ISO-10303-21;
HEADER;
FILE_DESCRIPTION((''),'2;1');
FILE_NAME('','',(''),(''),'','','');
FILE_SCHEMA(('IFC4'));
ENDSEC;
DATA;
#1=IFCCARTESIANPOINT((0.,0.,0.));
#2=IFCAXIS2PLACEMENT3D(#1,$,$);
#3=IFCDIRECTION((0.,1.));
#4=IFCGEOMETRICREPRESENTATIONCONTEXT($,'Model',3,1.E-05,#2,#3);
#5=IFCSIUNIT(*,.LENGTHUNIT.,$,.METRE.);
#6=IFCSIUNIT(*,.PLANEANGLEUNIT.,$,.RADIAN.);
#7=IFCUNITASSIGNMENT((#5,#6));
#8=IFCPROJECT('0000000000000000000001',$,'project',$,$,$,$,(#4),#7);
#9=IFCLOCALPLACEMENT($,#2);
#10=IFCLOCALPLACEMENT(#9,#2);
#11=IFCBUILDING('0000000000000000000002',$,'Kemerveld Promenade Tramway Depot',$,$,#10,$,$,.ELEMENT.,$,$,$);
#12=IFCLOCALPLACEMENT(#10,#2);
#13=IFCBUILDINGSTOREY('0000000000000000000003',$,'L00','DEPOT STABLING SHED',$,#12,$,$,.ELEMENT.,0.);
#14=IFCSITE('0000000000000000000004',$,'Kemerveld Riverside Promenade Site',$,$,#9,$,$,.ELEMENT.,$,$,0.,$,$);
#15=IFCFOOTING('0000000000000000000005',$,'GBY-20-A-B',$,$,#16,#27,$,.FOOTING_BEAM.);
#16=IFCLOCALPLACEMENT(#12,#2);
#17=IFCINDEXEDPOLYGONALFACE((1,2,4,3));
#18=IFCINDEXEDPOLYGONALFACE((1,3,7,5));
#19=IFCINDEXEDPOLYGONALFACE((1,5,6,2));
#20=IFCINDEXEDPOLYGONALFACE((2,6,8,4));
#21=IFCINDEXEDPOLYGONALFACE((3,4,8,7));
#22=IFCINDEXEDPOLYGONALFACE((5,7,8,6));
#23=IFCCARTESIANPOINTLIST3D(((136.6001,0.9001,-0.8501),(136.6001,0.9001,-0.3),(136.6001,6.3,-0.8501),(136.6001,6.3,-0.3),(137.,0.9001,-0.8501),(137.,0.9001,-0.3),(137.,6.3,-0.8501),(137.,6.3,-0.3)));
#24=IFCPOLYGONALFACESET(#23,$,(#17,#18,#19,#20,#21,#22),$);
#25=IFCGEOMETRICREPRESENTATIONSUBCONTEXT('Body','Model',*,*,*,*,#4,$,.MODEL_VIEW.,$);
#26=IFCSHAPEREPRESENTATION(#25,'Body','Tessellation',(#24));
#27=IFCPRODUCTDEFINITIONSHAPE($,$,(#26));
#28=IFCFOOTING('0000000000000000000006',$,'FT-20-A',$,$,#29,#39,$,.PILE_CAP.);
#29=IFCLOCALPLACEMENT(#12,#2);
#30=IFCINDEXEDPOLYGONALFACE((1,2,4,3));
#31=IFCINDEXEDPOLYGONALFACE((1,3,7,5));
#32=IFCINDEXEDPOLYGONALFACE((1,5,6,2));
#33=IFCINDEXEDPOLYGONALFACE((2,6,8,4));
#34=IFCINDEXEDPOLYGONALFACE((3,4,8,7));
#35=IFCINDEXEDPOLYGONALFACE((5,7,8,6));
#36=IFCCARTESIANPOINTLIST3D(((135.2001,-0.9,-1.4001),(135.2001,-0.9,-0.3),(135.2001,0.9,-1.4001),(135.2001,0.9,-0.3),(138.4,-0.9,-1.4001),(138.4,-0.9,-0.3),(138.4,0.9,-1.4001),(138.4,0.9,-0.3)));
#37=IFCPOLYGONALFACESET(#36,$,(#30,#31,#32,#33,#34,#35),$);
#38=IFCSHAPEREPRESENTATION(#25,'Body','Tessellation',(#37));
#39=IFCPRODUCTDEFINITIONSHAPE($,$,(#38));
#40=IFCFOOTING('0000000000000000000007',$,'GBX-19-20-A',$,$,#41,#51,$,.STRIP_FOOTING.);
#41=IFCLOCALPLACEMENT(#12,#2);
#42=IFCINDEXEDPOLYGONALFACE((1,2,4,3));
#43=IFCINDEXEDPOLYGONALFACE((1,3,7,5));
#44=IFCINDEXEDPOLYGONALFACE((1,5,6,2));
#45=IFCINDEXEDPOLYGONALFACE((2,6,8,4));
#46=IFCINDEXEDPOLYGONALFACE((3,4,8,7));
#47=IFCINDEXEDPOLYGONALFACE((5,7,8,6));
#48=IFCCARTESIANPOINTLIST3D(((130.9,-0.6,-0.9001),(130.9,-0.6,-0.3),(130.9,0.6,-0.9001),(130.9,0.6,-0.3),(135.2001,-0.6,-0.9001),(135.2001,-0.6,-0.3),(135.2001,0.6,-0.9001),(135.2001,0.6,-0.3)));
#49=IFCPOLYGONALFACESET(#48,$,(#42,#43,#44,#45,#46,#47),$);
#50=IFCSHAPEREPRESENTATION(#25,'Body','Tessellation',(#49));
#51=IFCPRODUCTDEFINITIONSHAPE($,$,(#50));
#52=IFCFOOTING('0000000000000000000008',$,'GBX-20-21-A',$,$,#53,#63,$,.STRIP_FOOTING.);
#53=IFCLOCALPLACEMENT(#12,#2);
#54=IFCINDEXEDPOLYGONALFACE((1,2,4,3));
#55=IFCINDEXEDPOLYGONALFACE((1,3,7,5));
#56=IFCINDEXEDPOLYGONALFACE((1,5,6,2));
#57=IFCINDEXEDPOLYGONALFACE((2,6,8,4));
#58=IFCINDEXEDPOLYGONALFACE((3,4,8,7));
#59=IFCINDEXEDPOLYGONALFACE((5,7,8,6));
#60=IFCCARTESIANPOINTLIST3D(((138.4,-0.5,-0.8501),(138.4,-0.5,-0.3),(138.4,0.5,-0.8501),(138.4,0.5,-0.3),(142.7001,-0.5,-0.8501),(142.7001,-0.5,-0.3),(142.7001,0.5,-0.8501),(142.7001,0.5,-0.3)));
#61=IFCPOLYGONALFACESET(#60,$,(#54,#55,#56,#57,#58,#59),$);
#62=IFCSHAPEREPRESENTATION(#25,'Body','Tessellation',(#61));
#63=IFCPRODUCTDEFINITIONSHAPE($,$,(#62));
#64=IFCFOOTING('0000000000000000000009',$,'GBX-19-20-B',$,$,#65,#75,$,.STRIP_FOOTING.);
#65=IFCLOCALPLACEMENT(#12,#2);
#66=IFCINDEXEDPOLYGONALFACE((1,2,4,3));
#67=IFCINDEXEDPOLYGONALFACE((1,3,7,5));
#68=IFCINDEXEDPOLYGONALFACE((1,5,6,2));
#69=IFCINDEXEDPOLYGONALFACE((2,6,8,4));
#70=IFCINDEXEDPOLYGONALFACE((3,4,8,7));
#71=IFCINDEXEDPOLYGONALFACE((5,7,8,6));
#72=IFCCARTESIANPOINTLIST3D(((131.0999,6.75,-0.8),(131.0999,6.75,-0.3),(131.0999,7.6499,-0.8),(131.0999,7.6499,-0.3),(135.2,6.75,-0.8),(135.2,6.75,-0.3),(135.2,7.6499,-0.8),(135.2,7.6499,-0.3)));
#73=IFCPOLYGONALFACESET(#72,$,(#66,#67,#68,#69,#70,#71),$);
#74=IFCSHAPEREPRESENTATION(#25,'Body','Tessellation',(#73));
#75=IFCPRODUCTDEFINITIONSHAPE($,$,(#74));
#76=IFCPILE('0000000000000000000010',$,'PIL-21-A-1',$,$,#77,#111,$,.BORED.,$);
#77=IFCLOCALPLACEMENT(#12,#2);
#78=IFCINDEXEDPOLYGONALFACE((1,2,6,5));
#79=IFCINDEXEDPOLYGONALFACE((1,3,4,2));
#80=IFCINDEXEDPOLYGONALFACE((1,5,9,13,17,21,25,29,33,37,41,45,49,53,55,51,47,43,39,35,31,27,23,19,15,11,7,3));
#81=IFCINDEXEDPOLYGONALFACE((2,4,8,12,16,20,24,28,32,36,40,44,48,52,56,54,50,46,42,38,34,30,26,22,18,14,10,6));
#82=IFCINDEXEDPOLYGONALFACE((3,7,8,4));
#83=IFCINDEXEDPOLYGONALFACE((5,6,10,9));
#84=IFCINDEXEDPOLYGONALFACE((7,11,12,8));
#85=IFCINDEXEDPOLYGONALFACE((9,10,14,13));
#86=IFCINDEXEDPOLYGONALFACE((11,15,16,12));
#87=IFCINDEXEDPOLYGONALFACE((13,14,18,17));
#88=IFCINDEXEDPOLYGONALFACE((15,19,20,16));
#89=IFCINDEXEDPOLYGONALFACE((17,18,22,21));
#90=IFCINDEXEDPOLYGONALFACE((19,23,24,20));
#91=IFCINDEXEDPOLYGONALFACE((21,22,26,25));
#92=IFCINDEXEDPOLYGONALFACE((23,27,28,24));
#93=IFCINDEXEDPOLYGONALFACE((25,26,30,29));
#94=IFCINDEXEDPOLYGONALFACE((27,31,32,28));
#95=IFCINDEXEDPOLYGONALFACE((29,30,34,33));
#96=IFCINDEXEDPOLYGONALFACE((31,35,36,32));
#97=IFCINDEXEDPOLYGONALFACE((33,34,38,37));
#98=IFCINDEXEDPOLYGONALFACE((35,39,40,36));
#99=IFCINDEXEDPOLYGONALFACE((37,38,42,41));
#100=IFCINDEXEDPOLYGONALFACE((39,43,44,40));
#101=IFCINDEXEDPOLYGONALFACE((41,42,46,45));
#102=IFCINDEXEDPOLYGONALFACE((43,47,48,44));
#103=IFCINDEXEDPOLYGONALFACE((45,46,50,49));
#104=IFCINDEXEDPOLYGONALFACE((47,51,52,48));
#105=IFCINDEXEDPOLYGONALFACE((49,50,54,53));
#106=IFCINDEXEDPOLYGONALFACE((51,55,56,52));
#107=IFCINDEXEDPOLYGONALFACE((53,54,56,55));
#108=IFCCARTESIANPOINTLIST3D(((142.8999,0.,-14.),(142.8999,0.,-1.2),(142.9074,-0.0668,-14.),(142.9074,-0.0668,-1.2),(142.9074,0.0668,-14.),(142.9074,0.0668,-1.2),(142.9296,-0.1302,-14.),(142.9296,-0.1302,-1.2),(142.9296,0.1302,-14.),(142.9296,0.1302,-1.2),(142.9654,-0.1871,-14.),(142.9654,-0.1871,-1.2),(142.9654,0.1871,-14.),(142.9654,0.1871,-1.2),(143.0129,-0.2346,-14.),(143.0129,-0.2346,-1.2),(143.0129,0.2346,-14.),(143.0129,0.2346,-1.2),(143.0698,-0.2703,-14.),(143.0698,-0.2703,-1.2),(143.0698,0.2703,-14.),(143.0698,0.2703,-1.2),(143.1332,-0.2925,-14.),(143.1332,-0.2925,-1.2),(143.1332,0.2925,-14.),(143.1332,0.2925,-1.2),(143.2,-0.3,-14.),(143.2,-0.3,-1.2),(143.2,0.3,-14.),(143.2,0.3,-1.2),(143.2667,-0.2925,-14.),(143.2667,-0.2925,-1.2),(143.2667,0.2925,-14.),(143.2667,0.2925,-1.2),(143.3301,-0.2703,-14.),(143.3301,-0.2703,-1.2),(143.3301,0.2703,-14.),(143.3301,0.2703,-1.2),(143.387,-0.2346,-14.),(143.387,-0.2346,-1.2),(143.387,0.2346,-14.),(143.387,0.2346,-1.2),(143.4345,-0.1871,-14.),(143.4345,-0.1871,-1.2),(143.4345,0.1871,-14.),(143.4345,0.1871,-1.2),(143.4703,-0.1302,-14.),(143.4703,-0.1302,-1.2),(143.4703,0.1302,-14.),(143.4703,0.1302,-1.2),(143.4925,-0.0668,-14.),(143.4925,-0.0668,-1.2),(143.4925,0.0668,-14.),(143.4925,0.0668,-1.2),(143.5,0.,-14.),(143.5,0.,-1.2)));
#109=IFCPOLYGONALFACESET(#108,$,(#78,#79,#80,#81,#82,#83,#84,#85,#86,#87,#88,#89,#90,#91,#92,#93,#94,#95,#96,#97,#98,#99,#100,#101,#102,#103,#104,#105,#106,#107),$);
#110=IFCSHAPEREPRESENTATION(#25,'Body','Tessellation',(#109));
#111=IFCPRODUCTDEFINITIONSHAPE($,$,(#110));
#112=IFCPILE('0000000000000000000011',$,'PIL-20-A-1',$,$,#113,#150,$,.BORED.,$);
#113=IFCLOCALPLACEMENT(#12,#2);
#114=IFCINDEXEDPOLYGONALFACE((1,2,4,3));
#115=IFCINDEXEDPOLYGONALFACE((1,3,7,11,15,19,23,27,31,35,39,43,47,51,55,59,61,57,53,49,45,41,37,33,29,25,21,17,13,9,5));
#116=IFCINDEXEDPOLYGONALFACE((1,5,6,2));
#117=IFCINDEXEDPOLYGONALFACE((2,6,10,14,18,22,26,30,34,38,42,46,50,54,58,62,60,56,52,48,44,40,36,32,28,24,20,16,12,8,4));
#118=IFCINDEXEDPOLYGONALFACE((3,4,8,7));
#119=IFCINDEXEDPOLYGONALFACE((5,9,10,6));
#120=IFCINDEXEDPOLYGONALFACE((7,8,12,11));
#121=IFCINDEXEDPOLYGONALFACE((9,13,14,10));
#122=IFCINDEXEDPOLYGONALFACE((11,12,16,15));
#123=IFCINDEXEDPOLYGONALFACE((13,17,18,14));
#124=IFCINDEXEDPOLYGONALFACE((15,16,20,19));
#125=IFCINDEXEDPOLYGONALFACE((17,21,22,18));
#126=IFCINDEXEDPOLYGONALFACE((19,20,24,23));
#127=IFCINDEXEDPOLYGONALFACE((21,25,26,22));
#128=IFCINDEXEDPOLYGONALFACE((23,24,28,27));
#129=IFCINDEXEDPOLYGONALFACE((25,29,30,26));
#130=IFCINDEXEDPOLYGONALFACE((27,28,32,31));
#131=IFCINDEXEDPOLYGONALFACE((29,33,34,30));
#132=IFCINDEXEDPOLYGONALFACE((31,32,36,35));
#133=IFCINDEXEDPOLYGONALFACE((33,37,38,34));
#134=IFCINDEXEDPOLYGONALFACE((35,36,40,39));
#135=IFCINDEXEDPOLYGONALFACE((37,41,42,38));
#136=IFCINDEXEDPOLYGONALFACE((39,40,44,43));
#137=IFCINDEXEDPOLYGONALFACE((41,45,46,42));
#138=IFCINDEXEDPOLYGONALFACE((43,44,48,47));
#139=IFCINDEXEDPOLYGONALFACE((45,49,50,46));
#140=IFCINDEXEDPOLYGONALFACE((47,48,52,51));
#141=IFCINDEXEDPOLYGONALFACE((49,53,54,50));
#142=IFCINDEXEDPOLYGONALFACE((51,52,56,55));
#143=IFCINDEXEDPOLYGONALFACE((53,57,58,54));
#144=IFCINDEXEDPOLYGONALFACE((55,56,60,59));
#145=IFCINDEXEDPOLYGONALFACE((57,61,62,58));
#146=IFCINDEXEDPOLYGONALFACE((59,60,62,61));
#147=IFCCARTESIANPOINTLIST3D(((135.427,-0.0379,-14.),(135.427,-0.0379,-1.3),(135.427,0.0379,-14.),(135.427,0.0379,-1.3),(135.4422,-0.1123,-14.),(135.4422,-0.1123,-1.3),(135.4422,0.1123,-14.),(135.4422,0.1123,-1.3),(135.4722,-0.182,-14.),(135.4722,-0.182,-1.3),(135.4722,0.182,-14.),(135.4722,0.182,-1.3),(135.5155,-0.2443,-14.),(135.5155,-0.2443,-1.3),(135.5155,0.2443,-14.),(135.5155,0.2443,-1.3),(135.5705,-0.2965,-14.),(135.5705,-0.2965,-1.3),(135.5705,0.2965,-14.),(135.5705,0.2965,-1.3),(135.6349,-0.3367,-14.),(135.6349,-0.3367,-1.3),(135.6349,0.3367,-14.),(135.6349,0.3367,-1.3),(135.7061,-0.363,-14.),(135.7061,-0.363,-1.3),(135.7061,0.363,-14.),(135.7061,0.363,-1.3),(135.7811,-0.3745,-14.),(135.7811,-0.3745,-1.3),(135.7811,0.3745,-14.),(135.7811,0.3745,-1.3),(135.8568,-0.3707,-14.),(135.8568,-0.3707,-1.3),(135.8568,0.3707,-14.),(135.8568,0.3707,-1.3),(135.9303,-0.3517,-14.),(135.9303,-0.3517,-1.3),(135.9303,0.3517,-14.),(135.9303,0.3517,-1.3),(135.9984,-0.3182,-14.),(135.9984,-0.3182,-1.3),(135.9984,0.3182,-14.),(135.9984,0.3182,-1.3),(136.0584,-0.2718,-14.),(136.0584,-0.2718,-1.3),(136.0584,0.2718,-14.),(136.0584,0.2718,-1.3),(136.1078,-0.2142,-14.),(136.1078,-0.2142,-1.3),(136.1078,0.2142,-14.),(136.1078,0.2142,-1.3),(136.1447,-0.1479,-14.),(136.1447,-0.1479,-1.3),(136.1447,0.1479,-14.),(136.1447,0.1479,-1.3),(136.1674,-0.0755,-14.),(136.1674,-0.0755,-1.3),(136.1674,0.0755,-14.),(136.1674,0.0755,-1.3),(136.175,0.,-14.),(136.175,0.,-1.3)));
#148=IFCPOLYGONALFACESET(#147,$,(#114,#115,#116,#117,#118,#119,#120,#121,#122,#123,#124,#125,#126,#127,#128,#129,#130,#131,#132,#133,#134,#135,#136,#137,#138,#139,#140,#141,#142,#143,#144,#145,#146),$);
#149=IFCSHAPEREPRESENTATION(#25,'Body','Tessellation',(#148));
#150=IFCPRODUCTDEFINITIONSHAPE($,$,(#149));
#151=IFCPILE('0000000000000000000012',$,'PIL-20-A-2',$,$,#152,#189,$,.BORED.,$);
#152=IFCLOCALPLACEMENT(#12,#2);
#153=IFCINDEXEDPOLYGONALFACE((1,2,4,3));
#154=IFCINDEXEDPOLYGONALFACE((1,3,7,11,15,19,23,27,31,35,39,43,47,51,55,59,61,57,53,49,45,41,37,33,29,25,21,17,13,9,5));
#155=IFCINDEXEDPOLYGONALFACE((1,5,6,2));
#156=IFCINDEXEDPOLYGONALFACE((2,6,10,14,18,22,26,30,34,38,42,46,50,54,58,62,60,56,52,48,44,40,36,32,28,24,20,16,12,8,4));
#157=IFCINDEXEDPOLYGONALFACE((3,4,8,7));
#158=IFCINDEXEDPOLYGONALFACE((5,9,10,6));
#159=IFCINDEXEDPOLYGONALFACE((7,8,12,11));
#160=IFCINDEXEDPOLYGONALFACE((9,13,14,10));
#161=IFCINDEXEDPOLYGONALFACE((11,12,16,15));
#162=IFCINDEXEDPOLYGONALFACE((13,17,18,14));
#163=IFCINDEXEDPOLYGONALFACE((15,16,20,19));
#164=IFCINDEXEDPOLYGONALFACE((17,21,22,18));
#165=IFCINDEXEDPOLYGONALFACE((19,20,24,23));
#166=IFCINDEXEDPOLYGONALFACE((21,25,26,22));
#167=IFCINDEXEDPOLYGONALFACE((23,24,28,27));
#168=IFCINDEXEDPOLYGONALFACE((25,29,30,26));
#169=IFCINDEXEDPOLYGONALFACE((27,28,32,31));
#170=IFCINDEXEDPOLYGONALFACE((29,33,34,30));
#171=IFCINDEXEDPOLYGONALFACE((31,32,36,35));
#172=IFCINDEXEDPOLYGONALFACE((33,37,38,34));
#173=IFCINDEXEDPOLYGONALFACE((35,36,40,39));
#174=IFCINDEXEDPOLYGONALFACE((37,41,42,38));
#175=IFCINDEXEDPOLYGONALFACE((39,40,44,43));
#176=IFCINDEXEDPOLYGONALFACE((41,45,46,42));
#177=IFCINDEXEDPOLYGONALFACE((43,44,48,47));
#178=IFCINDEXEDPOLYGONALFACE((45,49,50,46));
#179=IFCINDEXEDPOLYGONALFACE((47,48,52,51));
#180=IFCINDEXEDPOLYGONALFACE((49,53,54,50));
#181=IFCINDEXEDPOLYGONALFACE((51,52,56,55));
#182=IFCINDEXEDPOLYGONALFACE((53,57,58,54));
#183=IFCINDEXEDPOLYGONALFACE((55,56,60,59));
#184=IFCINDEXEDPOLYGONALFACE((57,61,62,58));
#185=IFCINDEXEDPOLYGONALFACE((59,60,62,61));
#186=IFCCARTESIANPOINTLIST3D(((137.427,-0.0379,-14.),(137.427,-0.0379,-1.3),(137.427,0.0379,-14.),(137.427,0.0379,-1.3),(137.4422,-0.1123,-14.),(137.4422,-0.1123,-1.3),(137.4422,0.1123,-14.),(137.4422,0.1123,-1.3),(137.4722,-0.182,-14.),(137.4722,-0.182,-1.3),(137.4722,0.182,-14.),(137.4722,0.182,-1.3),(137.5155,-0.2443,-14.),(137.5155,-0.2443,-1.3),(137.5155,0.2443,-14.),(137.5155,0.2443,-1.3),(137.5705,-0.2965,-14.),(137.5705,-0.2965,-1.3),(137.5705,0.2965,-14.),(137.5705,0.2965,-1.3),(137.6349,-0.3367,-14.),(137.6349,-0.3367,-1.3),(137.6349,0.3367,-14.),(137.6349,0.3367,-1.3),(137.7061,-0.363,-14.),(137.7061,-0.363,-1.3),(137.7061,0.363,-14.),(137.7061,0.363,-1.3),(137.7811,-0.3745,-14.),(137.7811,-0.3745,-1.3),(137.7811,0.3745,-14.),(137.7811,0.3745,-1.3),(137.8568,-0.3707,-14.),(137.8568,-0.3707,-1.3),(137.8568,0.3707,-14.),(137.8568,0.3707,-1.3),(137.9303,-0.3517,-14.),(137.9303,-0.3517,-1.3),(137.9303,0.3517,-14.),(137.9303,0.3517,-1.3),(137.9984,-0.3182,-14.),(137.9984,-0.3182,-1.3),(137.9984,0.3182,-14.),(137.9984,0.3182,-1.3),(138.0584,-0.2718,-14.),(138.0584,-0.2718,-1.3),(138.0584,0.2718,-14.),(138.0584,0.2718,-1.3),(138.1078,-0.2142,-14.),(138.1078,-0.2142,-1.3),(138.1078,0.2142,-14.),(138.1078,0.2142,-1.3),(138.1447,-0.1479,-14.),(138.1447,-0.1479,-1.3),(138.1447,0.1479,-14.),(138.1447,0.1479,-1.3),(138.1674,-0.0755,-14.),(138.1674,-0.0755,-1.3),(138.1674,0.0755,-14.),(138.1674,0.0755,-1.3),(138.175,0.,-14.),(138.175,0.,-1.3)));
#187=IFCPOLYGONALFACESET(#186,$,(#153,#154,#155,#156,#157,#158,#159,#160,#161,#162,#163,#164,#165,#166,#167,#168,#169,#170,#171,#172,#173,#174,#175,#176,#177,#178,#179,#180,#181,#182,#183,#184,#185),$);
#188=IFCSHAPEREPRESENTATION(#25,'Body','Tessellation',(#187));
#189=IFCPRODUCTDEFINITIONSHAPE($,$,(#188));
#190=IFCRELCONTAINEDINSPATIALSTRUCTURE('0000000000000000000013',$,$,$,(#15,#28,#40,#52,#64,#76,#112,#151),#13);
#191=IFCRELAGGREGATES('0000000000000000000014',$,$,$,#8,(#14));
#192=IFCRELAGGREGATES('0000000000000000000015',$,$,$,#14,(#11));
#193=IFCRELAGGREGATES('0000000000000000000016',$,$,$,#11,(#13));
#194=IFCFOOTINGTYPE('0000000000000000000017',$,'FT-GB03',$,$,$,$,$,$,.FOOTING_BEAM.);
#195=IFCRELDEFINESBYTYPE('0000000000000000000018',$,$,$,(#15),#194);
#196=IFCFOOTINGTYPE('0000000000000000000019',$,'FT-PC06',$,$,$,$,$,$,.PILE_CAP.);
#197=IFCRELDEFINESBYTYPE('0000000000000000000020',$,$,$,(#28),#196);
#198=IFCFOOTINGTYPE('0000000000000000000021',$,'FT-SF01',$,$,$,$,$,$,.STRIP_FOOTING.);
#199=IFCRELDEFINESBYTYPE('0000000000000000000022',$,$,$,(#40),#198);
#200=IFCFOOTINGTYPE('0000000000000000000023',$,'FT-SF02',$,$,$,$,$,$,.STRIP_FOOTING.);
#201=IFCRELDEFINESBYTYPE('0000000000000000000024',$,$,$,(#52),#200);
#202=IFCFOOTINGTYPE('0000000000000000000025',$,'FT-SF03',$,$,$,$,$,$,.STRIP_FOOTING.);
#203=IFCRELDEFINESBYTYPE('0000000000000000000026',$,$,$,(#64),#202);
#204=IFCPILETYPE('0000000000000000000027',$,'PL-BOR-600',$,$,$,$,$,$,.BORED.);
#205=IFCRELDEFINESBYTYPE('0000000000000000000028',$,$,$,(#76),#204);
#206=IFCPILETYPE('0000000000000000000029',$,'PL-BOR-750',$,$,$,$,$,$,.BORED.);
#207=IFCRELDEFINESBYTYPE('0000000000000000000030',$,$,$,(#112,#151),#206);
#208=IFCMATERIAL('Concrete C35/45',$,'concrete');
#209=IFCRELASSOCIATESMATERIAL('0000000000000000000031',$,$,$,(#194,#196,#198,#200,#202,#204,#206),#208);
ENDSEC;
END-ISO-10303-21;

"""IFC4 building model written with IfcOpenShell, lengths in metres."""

from ifc_helpers import new_model, si_unit, direction, frame, origin, origin_2d, place, context, subcontext, project, spatial, rectangle, circle, extrude, material, material_profile, profile_set, type_object, element, save


model = new_model("IFC4")

# Units and contexts
model_context = context("Model", 3, precision=1e-05, world=origin(), true_north=direction((0.0, 1.0)))
body_context = subcontext(model_context, "Body", "Model", "MODEL_VIEW")
ifc_project = project(units=[si_unit("LENGTHUNIT", "METRE"), si_unit("PLANEANGLEUNIT", "RADIAN")], contexts=[model_context])

# Site, building, storey
site_placement = place(None, origin())
site = spatial("IfcSite", under=ifc_project, at=site_placement, Name="Kemerveld Riverside Promenade Site", CompositionType="ELEMENT", RefElevation=0.0)
building_placement = place(site_placement, origin())
building = spatial("IfcBuilding", under=site, at=building_placement, Name="Kemerveld Promenade Tramway Depot", CompositionType="ELEMENT")
storey_placement = place(building_placement, origin())
storey = spatial("IfcBuildingStorey", under=building, at=storey_placement, Name="L00", Description="DEPOT STABLING SHED", CompositionType="ELEMENT", Elevation=0.0)

# Footings
ifc_material_1 = material(Name="Concrete C35/45", Category="concrete")
footing_type_1 = type_object("IfcFootingType", Name="FT-GB03", PredefinedType="FOOTING_BEAM", material=ifc_material_1)
footing_1_placement = place(storey_placement, frame((136.8, 3.6001, -0.8501), z_axis=(0.0, 0.0, 1.0), x_axis=(0.0, 1.0, 0.0)))
element("IfcFooting", 1, at=footing_1_placement, inside=storey, type_object=footing_type_1, Name="GBY-20-A-B", PredefinedType="FOOTING_BEAM", context=body_context, shape_type="SweptSolid", body=[
    extrude(rectangle(XDim=5.3999, YDim=0.3999, at=origin_2d()), origin(), (0.0, 0.0, 1.0), 0.55),
])
footing_type_2 = type_object("IfcFootingType", Name="FT-PC06", PredefinedType="PILE_CAP", material=ifc_material_1)
footing_2_placement = place(storey_placement, frame((136.8, 0.0, -1.4001), z_axis=(0.0, 0.0, 1.0), x_axis=(1.0, 0.0, 0.0)))
element("IfcFooting", 2, at=footing_2_placement, inside=storey, type_object=footing_type_2, Name="FT-20-A", PredefinedType="PILE_CAP", context=body_context, shape_type="SweptSolid", body=[
    extrude(rectangle(XDim=3.2, YDim=1.8, at=origin_2d()), origin(), (0.0, 0.0, 1.0), 1.1001),
])
footing_type_3 = type_object("IfcFootingType", Name="FT-SF01", PredefinedType="STRIP_FOOTING", material=ifc_material_1)
footing_3_placement = place(storey_placement, frame((133.05, 0.0, -0.9001), z_axis=(0.0, 0.0, 1.0), x_axis=(1.0, 0.0, 0.0)))
element("IfcFooting", 3, at=footing_3_placement, inside=storey, type_object=footing_type_3, Name="GBX-19-20-A", PredefinedType="STRIP_FOOTING", context=body_context, shape_type="SweptSolid", body=[
    extrude(rectangle(XDim=4.3, YDim=1.2, at=origin_2d()), origin(), (0.0, 0.0, 1.0), 0.6001),
])
footing_type_4 = type_object("IfcFootingType", Name="FT-SF02", PredefinedType="STRIP_FOOTING", material=ifc_material_1)
footing_4_placement = place(storey_placement, frame((140.55, 0.0, -0.8501), z_axis=(0.0, 0.0, 1.0), x_axis=(1.0, 0.0, 0.0)))
element("IfcFooting", 4, at=footing_4_placement, inside=storey, type_object=footing_type_4, Name="GBX-20-21-A", PredefinedType="STRIP_FOOTING", context=body_context, shape_type="SweptSolid", body=[
    extrude(rectangle(XDim=4.3, YDim=1.0, at=origin_2d()), origin(), (0.0, 0.0, 1.0), 0.55),
])
footing_type_5 = type_object("IfcFootingType", Name="FT-SF03", PredefinedType="STRIP_FOOTING", material=ifc_material_1)
footing_5_placement = place(storey_placement, frame((133.1499, 7.2, -0.8), z_axis=(0.0, 0.0, 1.0), x_axis=(1.0, 0.0, 0.0)))
element("IfcFooting", 5, at=footing_5_placement, inside=storey, type_object=footing_type_5, Name="GBX-19-20-B", PredefinedType="STRIP_FOOTING", context=body_context, shape_type="SweptSolid", body=[
    extrude(rectangle(XDim=4.1001, YDim=0.8999, at=origin_2d()), origin(), (0.0, 0.0, 1.0), 0.5),
])

# Piles
ifc_material_profile_1 = material_profile(ifc_material_1, circle(Radius=0.3, at=origin_2d()), Name="PILE-D600")
ifc_profile_set_1 = profile_set([ifc_material_profile_1], Name="Concrete C35/45")
pile_type_1 = type_object("IfcPileType", Name="PL-BOR-600", PredefinedType="BORED", material=ifc_profile_set_1)
pile_placement = place(storey_placement, frame((143.2, 0.0, -1.2), z_axis=(0.0, 0.0, -1.0), x_axis=(1.0, 0.0, 0.0)))
element("IfcPile", 6, at=pile_placement, inside=storey, type_object=pile_type_1, Name="PIL-21-A-1", PredefinedType="BORED", context=body_context, shape_type="SweptSolid", body=[
    extrude(circle(Radius=0.3, at=origin_2d()), origin(), (0.0, 0.0, 1.0), 12.8),
])
ifc_material_profile_2 = material_profile(ifc_material_1, circle(Radius=0.375, at=origin_2d()), Name="PILE-D750")
ifc_profile_set_2 = profile_set([ifc_material_profile_2], Name="Concrete C35/45")
pile_type_2 = type_object("IfcPileType", Name="PL-BOR-750", PredefinedType="BORED", material=ifc_profile_set_2)
for number, where, z_axis, x_axis, name in (
    (7, (135.8, 0.0, -1.3), (0.0, 0.0, -1.0), (1.0, 0.0, 0.0), "PIL-20-A-1"),
    (8, (137.8, 0.0, -1.3), (0.0, 0.0, -1.0), (1.0, 0.0, 0.0), "PIL-20-A-2"),
):
    element("IfcPile", number, at=place(storey_placement, frame(where, z_axis=z_axis, x_axis=x_axis)), inside=storey, type_object=pile_type_2, Name=name, PredefinedType="BORED", context=body_context, shape_type="SweptSolid", body=[
        extrude(circle(Radius=0.375, at=origin_2d()), origin(), (0.0, 0.0, 1.0), 12.7),
    ])

save(model, "model.ifc")
